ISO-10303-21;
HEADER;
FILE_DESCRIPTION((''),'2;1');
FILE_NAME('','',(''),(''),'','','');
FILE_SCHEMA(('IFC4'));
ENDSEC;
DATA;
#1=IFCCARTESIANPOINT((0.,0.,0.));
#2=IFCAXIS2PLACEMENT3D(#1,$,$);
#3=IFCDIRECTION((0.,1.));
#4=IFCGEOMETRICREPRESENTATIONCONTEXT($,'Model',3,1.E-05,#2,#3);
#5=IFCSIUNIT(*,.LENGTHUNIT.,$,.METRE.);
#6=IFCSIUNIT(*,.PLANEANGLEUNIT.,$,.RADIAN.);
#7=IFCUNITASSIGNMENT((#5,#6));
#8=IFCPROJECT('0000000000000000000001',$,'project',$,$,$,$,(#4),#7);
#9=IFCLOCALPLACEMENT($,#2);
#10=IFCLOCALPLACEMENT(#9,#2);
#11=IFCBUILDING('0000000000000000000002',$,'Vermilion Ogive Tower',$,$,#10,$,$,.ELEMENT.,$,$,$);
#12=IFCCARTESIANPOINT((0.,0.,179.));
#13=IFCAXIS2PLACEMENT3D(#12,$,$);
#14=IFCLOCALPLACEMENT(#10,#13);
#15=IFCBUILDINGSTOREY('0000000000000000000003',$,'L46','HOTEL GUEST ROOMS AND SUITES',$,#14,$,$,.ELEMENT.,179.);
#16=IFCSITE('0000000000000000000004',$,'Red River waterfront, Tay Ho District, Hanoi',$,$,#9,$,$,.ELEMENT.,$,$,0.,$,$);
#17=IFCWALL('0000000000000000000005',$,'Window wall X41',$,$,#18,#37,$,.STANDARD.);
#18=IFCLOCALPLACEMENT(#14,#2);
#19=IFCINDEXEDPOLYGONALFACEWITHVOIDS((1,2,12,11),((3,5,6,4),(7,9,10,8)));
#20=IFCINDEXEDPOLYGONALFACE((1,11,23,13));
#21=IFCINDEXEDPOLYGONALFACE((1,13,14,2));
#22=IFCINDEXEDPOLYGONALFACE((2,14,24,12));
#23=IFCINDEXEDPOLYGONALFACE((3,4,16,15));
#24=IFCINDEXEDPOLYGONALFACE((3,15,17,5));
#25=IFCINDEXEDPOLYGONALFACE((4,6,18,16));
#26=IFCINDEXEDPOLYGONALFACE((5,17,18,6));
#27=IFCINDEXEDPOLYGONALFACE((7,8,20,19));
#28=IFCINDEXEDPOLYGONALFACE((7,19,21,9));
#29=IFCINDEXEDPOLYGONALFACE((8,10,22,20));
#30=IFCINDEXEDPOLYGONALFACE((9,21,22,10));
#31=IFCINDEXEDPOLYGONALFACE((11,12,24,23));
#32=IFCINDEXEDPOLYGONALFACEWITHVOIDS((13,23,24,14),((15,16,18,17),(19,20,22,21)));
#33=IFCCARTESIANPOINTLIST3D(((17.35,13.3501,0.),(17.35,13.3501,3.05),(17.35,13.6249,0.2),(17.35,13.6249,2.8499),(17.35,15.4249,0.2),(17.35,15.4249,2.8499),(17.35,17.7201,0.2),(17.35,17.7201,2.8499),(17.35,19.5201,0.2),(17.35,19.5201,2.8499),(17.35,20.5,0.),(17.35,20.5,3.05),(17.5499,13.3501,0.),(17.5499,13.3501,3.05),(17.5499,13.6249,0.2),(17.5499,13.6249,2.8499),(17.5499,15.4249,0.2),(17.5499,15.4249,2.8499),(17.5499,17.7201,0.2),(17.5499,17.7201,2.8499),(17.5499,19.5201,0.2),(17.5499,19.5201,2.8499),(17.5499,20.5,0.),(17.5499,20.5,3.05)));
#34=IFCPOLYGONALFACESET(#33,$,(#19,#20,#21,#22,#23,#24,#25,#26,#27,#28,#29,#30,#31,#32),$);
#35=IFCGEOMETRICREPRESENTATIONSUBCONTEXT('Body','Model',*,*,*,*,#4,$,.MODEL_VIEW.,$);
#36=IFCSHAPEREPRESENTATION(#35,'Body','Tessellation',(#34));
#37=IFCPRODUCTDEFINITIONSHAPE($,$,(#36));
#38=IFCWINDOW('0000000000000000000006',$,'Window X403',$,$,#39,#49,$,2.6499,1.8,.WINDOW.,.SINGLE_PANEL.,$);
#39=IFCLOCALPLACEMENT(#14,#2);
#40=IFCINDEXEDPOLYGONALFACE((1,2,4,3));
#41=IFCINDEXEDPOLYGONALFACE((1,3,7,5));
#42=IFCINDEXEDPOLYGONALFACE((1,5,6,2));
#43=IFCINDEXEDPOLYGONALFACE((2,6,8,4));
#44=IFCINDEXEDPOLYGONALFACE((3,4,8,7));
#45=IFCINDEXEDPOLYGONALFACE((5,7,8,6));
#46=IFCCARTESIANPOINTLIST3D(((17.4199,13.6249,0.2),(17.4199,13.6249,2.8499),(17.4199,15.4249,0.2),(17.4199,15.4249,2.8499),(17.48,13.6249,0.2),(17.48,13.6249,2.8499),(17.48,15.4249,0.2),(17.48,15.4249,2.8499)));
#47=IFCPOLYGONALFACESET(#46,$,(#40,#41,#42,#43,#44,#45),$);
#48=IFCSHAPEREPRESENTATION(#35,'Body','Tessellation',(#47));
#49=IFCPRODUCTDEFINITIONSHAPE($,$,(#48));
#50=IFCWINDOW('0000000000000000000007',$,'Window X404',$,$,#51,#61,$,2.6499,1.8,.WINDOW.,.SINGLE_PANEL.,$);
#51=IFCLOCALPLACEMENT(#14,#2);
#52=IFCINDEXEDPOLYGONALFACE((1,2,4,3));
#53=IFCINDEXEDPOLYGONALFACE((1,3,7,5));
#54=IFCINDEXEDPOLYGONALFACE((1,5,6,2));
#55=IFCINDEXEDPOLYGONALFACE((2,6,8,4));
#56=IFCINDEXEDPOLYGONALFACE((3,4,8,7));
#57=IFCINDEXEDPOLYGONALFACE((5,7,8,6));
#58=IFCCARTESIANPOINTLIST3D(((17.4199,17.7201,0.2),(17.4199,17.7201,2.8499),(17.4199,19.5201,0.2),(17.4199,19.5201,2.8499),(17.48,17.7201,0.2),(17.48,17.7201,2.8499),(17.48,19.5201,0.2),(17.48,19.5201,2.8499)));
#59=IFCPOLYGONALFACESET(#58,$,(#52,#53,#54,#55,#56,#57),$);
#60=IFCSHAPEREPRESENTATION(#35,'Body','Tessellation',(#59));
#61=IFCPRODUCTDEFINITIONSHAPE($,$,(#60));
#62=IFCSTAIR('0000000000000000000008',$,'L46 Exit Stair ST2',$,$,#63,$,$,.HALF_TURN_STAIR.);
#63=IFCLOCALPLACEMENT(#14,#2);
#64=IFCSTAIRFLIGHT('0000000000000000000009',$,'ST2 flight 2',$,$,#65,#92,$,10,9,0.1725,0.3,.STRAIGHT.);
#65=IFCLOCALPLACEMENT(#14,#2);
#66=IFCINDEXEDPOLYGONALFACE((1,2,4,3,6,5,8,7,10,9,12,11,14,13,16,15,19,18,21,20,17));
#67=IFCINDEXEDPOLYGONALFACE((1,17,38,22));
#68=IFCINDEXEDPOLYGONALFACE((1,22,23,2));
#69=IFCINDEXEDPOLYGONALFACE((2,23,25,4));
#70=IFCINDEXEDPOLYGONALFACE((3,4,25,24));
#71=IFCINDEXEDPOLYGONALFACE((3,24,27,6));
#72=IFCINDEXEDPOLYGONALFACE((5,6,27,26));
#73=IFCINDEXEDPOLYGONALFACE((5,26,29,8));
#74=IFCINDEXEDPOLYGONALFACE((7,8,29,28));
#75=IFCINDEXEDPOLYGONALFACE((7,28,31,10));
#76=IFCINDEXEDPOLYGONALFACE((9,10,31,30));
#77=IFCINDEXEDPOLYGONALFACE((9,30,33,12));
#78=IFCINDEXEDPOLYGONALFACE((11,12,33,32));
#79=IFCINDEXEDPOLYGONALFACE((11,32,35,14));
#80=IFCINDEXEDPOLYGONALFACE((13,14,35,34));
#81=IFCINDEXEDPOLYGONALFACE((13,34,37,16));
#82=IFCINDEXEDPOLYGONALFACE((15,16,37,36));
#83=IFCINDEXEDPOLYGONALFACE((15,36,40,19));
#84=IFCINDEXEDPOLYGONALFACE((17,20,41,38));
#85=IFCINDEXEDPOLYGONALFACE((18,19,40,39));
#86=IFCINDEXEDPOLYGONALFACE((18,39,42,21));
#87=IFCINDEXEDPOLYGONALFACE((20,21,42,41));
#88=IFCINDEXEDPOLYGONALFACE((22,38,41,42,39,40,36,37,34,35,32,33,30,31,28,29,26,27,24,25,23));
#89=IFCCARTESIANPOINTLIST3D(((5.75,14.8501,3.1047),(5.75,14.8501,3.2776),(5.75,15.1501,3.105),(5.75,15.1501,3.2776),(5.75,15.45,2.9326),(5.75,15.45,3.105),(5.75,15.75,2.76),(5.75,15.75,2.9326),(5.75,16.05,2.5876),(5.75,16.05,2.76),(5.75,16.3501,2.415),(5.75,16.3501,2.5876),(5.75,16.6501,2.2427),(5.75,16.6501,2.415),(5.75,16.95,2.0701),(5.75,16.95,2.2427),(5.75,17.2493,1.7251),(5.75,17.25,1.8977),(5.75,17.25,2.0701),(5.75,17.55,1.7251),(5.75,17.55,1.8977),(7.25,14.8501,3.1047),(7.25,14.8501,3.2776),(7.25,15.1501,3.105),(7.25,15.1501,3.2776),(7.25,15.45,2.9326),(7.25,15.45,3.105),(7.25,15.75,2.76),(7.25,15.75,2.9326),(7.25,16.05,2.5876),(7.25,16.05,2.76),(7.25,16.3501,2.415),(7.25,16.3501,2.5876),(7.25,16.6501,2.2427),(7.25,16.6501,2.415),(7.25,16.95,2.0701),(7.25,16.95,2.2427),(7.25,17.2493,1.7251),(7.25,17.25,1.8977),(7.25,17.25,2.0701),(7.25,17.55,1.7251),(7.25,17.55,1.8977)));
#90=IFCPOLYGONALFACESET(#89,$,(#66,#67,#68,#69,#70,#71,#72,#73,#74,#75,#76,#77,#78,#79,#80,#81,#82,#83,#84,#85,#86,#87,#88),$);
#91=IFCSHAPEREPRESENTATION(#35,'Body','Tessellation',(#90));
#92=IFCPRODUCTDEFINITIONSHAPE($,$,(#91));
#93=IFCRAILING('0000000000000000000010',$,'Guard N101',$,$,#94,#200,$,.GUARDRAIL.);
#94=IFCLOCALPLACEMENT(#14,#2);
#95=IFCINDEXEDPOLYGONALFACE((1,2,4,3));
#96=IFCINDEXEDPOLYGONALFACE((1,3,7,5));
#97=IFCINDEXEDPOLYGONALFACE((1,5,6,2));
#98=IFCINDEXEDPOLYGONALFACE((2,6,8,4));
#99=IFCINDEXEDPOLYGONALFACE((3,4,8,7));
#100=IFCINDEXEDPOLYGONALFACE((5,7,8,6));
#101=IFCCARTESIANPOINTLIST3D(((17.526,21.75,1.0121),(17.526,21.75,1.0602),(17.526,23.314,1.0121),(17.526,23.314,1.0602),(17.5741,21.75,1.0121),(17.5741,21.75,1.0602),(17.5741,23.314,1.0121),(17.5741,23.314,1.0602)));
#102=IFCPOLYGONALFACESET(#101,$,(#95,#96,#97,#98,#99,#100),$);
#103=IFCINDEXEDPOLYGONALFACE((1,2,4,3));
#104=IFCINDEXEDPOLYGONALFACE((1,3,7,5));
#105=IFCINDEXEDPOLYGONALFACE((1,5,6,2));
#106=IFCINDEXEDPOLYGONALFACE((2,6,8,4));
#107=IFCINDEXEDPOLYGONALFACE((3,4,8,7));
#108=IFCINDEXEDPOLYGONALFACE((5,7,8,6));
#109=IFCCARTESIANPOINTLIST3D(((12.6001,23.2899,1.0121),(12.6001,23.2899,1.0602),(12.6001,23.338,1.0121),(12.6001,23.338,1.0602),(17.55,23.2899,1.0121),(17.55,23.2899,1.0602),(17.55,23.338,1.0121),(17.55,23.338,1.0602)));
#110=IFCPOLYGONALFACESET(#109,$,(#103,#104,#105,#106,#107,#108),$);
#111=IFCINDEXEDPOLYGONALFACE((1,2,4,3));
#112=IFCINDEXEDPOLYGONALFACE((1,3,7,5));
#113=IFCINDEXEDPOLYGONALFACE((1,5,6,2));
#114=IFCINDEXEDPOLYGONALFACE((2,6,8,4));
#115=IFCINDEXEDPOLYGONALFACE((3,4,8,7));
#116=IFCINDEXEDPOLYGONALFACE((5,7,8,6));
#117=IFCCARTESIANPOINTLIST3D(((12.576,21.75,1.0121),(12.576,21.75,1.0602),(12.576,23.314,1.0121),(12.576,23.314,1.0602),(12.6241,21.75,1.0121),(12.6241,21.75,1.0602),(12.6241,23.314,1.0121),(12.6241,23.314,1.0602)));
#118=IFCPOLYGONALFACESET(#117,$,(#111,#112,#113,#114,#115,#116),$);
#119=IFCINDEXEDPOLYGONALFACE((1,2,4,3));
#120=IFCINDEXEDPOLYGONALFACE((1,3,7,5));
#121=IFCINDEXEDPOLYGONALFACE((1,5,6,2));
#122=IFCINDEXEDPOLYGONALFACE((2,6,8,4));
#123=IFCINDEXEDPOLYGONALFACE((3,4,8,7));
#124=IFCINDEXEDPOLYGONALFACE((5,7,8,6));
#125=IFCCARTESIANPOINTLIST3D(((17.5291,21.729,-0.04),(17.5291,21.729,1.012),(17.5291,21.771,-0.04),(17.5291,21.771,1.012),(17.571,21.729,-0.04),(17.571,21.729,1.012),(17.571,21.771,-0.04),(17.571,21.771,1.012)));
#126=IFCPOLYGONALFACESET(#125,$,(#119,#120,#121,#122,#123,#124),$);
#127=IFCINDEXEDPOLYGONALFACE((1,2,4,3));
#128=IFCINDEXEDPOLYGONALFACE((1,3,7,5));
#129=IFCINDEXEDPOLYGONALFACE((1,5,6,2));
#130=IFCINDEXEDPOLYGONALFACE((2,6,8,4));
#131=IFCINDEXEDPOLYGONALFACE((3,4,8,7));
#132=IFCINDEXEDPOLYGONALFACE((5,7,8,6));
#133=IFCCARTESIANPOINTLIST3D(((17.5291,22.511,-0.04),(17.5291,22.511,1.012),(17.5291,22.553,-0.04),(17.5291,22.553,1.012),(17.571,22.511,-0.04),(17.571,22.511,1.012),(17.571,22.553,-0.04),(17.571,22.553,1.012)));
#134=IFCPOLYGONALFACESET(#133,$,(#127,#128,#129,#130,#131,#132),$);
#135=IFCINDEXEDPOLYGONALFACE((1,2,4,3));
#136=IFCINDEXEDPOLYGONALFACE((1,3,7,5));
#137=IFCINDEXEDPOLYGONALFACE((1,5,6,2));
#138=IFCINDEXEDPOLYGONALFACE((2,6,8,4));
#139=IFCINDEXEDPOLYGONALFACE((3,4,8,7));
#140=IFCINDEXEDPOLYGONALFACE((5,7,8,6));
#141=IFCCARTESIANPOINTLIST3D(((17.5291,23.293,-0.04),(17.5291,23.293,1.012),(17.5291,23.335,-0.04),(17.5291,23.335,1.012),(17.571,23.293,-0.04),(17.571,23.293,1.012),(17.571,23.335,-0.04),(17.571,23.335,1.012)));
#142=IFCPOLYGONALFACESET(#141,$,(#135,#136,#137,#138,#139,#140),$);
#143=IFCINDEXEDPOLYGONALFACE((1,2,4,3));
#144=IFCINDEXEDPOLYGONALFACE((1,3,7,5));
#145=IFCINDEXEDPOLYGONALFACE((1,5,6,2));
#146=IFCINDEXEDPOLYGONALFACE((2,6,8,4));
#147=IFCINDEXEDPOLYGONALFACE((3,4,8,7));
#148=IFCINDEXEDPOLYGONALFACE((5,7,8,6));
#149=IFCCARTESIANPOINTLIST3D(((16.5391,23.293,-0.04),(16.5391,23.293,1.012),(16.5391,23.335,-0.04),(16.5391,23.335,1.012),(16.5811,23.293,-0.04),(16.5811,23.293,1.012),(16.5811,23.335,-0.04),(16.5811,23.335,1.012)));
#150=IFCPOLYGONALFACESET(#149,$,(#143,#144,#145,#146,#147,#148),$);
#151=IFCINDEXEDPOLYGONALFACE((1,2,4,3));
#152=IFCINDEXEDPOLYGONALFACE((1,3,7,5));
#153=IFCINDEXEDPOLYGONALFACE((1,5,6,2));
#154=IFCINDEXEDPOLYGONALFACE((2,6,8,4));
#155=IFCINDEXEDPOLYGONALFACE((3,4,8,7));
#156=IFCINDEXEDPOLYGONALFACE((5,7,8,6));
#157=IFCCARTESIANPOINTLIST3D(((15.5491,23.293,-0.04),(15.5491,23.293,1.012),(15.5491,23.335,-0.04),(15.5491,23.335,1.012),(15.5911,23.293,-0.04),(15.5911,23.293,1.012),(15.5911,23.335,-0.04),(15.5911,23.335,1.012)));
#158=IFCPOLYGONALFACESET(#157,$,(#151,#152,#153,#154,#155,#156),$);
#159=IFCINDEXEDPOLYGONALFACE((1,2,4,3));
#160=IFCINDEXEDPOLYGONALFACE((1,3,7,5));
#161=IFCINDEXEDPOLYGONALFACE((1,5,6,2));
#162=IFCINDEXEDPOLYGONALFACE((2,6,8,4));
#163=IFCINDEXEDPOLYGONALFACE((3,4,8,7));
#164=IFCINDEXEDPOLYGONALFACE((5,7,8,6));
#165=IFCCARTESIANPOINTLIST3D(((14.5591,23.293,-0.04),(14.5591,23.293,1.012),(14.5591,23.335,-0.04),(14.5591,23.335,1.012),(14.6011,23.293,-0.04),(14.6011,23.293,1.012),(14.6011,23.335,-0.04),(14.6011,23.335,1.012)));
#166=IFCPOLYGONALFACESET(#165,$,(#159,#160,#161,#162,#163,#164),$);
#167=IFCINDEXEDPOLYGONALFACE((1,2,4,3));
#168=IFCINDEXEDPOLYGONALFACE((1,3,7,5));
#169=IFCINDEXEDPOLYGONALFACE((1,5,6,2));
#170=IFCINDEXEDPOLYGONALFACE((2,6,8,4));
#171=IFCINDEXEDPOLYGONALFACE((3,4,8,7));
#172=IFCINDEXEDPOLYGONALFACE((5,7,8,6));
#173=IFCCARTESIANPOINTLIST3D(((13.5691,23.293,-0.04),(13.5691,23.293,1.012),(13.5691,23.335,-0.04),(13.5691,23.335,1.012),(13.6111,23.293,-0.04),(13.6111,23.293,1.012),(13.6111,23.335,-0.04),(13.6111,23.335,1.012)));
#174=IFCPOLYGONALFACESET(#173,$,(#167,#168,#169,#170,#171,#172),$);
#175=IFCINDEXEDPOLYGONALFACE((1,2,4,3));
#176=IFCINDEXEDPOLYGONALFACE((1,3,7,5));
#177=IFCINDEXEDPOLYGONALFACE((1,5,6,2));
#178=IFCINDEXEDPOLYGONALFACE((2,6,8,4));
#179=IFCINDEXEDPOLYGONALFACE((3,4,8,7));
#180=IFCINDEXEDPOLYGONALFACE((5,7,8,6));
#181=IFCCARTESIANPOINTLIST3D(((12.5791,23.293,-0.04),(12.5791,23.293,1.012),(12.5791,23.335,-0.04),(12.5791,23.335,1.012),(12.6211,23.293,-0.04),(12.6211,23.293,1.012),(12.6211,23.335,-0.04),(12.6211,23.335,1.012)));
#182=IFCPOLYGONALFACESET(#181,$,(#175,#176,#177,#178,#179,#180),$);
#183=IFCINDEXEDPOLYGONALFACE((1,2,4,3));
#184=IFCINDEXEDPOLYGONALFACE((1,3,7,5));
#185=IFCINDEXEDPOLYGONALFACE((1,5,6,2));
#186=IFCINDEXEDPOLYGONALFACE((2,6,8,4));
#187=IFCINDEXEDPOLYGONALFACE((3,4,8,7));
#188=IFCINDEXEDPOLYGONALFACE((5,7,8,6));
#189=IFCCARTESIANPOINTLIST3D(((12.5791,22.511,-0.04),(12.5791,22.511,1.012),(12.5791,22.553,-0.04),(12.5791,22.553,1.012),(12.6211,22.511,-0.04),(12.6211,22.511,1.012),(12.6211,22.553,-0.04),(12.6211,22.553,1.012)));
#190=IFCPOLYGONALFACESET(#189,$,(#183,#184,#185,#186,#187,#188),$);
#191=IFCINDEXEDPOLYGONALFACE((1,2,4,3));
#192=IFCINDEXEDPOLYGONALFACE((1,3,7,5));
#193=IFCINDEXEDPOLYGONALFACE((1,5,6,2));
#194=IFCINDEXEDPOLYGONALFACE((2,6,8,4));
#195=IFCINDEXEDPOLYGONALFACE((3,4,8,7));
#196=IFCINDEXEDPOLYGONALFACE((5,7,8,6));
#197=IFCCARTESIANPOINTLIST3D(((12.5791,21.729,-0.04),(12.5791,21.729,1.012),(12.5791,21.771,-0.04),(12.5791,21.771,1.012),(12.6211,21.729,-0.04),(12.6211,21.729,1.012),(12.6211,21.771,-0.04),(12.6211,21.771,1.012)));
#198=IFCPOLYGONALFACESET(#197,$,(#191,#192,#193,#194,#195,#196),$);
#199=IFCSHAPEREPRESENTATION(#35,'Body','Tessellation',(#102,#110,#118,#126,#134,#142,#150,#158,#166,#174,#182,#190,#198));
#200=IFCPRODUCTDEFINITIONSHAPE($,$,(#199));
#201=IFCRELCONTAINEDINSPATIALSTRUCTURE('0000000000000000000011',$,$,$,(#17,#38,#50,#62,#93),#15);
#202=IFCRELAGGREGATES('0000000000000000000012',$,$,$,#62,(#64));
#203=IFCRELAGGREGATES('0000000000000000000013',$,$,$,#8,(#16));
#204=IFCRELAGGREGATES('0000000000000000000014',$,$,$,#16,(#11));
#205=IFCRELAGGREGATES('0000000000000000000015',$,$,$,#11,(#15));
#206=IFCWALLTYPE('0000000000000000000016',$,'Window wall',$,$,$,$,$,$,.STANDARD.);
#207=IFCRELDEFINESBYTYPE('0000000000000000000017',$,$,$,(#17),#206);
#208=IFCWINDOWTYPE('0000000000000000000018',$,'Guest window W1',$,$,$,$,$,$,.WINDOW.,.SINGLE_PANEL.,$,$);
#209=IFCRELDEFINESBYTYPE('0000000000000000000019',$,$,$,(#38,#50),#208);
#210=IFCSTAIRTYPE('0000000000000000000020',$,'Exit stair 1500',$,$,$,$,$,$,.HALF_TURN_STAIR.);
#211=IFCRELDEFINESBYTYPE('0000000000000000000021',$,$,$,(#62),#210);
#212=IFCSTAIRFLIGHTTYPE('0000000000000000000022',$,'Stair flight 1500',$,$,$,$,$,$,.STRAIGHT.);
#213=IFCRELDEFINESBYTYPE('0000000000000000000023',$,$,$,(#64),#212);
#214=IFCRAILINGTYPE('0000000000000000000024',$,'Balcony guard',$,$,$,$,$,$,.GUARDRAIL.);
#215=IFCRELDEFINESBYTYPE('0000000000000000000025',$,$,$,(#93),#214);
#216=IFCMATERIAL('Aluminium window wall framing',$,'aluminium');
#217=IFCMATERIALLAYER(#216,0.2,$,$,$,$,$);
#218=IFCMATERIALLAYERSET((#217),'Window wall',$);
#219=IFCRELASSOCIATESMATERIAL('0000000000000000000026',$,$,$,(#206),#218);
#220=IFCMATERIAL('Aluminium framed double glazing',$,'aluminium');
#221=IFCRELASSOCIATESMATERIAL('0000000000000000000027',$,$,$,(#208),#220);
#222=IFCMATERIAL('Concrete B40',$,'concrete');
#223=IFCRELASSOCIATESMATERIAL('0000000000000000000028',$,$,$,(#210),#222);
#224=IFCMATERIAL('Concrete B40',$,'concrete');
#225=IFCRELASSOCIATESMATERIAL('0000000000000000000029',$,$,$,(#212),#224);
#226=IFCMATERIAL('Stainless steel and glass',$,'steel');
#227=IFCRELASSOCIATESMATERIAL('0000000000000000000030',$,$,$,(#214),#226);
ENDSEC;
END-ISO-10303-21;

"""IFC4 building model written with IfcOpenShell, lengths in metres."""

from ifc_helpers import new_model, si_unit, direction, frame, frame_2d, origin, origin_2d, place, context, subcontext, project, spatial, polyline, rectangle, outline, extrude, material, layer, layer_set, type_object, element, fill, aggregate, save


model = new_model("IFC4")

# Units and contexts
model_context = context("Model", 3, precision=1e-05, world=origin(), true_north=direction((0.0, 1.0)))
body_context = subcontext(model_context, "Body", "Model", "MODEL_VIEW")
ifc_project = project(units=[si_unit("LENGTHUNIT", "METRE"), si_unit("PLANEANGLEUNIT", "RADIAN")], contexts=[model_context])

# Site, building, storey
site_placement = place(None, origin())
site = spatial("IfcSite", under=ifc_project, at=site_placement, Name="Red River waterfront, Tay Ho District, Hanoi", CompositionType="ELEMENT", RefElevation=0.0)
building_placement = place(site_placement, origin())
building = spatial("IfcBuilding", under=site, at=building_placement, Name="Vermilion Ogive Tower", CompositionType="ELEMENT")
storey_placement = place(building_placement, frame((0.0, 0.0, 179.0)))
storey = spatial("IfcBuildingStorey", under=building, at=storey_placement, Name="L46", Description="HOTEL GUEST ROOMS AND SUITES", CompositionType="ELEMENT", Elevation=179.0)

# Shared definitions
ifc_material_1 = material(Name="Aluminium window wall framing", Category="aluminium")
ifc_layer_1 = layer(ifc_material_1, 0.2)
ifc_layer_set_1 = layer_set([ifc_layer_1], Name="Window wall")
wall_type_1 = type_object("IfcWallType", Name="Window wall", PredefinedType="STANDARD", material=ifc_layer_set_1)

# Wall, openings, windows
wall_1_placement = place(storey_placement, frame((17.45, 13.3501, 0.0), z_axis=(0.0, 0.0, 1.0), x_axis=(0.0, 1.0, 0.0)))
wall_1 = element("IfcWall", 1, at=wall_1_placement, inside=storey, type_object=wall_type_1, Name="Window wall X41", PredefinedType="STANDARD", context=body_context, shape_type="SweptSolid", body=[
    extrude(rectangle(XDim=7.1499, YDim=0.2, at=frame_2d((3.575, 0.0))), origin(), (0.0, 0.0, 1.0), 3.05),
])
opening_1_placement = place(wall_1_placement, frame((0.2749, 0.0, 0.2)))
opening_1 = element("IfcOpeningElement", 2, at=opening_1_placement, cuts=wall_1, PredefinedType="OPENING", context=body_context, shape_type="SweptSolid", body=[
    extrude(rectangle(XDim=1.8, YDim=2.6499, at=frame_2d((0.8999, 1.325))), frame((0.0, 0.1099, 0.0), z_axis=(0.0, -1.0, 0.0), x_axis=(1.0, 0.0, 0.0)), (0.0, 0.0, 1.0), 0.22),
])
opening_2_placement = place(wall_1_placement, frame((4.3701, 0.0, 0.2)))
opening_2 = element("IfcOpeningElement", 3, at=opening_2_placement, cuts=wall_1, PredefinedType="OPENING", context=body_context, shape_type="SweptSolid", body=[
    extrude(rectangle(XDim=1.8, YDim=2.6499, at=frame_2d((0.8999, 1.325))), frame((0.0, 0.1099, 0.0), z_axis=(0.0, -1.0, 0.0), x_axis=(1.0, 0.0, 0.0)), (0.0, 0.0, 1.0), 0.22),
])
ifc_material_2 = material(Name="Aluminium framed double glazing", Category="aluminium")
window_type = type_object("IfcWindowType", Name="Guest window W1", PartitioningType="SINGLE_PANEL", PredefinedType="WINDOW", material=ifc_material_2)
window_1_placement = place(opening_1_placement, origin())
window_1 = element("IfcWindow", 4, at=window_1_placement, inside=storey, type_object=window_type, Name="Window X403", OverallHeight=2.6499, OverallWidth=1.8, PartitioningType="SINGLE_PANEL", PredefinedType="WINDOW", context=body_context, shape_type="SweptSolid", body=[
    extrude(rectangle(XDim=1.8, YDim=2.6499, at=frame_2d((0.8999, 1.325))), frame((0.0, 0.03, 0.0), z_axis=(0.0, -1.0, 0.0), x_axis=(1.0, 0.0, 0.0)), (0.0, 0.0, 1.0), 0.0601),
])
fill(opening_1, window_1)
window_2_placement = place(opening_2_placement, origin())
window_2 = element("IfcWindow", 5, at=window_2_placement, inside=storey, type_object=window_type, Name="Window X404", OverallHeight=2.6499, OverallWidth=1.8, PartitioningType="SINGLE_PANEL", PredefinedType="WINDOW", context=body_context, shape_type="SweptSolid", body=[
    extrude(rectangle(XDim=1.8, YDim=2.6499, at=frame_2d((0.8999, 1.325))), frame((0.0, 0.03, 0.0), z_axis=(0.0, -1.0, 0.0), x_axis=(1.0, 0.0, 0.0)), (0.0, 0.0, 1.0), 0.0601),
])
fill(opening_2, window_2)

# Stair, stair flight
ifc_material_3 = material(Name="Concrete B40", Category="concrete")
stair_type = type_object("IfcStairType", Name="Exit stair 1500", PredefinedType="HALF_TURN_STAIR", material=ifc_material_3)
stair_placement = place(storey_placement, origin())
stair = element("IfcStair", 6, at=stair_placement, inside=storey, type_object=stair_type, Name="L46 Exit Stair ST2", PredefinedType="HALF_TURN_STAIR")
ifc_material_4 = material(Name="Concrete B40", Category="concrete")
stair_flight_type = type_object("IfcStairFlightType", Name="Stair flight 1500", PredefinedType="STRAIGHT", material=ifc_material_4)
stair_flight_placement = place(storey_placement, frame((6.5, 17.55, 1.7251), z_axis=(0.0, 0.0, 1.0), x_axis=(0.0, -1.0, 0.0)))
stair_flight = element("IfcStairFlight", 7, at=stair_flight_placement, type_object=stair_flight_type, Name="ST2 flight 2", NumberOfRisers=10, NumberOfTreads=9, PredefinedType="STRAIGHT", RiserHeight=0.1725, TreadLength=0.3, context=body_context, shape_type="SweptSolid", body=[
    extrude(outline(polyline([(0.0, 0.0), (0.0, 0.1726), (0.3, 0.1726), (0.3, 0.345), (0.6001, 0.345), (0.6001, 0.5176), (0.8999, 0.5176), (0.8999, 0.6899), (1.2, 0.6899), (1.2, 0.8625), (1.5, 0.8625), (1.5, 1.0349), (1.8, 1.0349), (1.8, 1.2075), (2.1001, 1.2075), (2.1001, 1.3799), (2.3999, 1.3799), (2.3999, 1.5525), (2.7, 1.5525), (2.7, 1.7251), (2.7, 1.3796), (0.3008, 0.0), (0.0, 0.0)])), frame((0.0, 0.75, 0.0), z_axis=(0.0, -1.0, 0.0), x_axis=(1.0, 0.0, 0.0)), (0.0, 0.0, 1.0), 1.5),
])
aggregate(stair, [stair_flight])

# Railing
ifc_material_5 = material(Name="Stainless steel and glass", Category="steel")
railing_type_1 = type_object("IfcRailingType", Name="Balcony guard", PredefinedType="GUARDRAIL", material=ifc_material_5)
railing_1_placement = place(storey_placement, frame((17.55, 21.75, -0.04)))
element("IfcRailing", 8, at=railing_1_placement, inside=storey, type_object=railing_type_1, Name="Guard N101", PredefinedType="GUARDRAIL", context=body_context, shape_type="SweptSolid", body=[
    extrude(rectangle(XDim=0.0481, YDim=0.0481, at=origin_2d()), frame((0.0, 0.0, 1.0762), z_axis=(0.0, 1.0, 0.0), x_axis=(-1.0, 0.0, 0.0)), (0.0, 0.0, 1.0), 1.564),
    extrude(rectangle(XDim=0.0481, YDim=0.0481, at=origin_2d()), frame((0.0, 1.564, 1.0762), z_axis=(-1.0, 0.0, 0.0), x_axis=(0.0, -1.0, 0.0)), (0.0, 0.0, 1.0), 4.95),
    extrude(rectangle(XDim=0.0481, YDim=0.0481, at=origin_2d()), frame((-4.95, 1.564, 1.0762), z_axis=(0.0, -1.0, 0.0), x_axis=(1.0, 0.0, 0.0)), (0.0, 0.0, 1.0), 1.564),
    extrude(rectangle(XDim=0.042, YDim=0.042, at=origin_2d()), origin(), (0.0, 0.0, 1.0), 1.052),
    extrude(rectangle(XDim=0.042, YDim=0.042, at=origin_2d()), frame((0.0, 0.782, 0.0)), (0.0, 0.0, 1.0), 1.052),
    extrude(rectangle(XDim=0.042, YDim=0.042, at=origin_2d()), frame((0.0, 1.564, 0.0)), (0.0, 0.0, 1.0), 1.052),
    extrude(rectangle(XDim=0.042, YDim=0.042, at=origin_2d()), frame((-0.99, 1.564, 0.0)), (0.0, 0.0, 1.0), 1.052),
    extrude(rectangle(XDim=0.042, YDim=0.042, at=origin_2d()), frame((-1.98, 1.564, 0.0)), (0.0, 0.0, 1.0), 1.052),
    extrude(rectangle(XDim=0.042, YDim=0.042, at=origin_2d()), frame((-2.97, 1.564, 0.0)), (0.0, 0.0, 1.0), 1.052),
    extrude(rectangle(XDim=0.042, YDim=0.042, at=origin_2d()), frame((-3.96, 1.564, 0.0)), (0.0, 0.0, 1.0), 1.052),
    extrude(rectangle(XDim=0.042, YDim=0.042, at=origin_2d()), frame((-4.95, 1.564, 0.0)), (0.0, 0.0, 1.0), 1.052),
    extrude(rectangle(XDim=0.042, YDim=0.042, at=origin_2d()), frame((-4.95, 0.782, 0.0)), (0.0, 0.0, 1.0), 1.052),
    extrude(rectangle(XDim=0.042, YDim=0.042, at=origin_2d()), frame((-4.95, 0.0, 0.0)), (0.0, 0.0, 1.0), 1.052),
])

save(model, "model.ifc")
